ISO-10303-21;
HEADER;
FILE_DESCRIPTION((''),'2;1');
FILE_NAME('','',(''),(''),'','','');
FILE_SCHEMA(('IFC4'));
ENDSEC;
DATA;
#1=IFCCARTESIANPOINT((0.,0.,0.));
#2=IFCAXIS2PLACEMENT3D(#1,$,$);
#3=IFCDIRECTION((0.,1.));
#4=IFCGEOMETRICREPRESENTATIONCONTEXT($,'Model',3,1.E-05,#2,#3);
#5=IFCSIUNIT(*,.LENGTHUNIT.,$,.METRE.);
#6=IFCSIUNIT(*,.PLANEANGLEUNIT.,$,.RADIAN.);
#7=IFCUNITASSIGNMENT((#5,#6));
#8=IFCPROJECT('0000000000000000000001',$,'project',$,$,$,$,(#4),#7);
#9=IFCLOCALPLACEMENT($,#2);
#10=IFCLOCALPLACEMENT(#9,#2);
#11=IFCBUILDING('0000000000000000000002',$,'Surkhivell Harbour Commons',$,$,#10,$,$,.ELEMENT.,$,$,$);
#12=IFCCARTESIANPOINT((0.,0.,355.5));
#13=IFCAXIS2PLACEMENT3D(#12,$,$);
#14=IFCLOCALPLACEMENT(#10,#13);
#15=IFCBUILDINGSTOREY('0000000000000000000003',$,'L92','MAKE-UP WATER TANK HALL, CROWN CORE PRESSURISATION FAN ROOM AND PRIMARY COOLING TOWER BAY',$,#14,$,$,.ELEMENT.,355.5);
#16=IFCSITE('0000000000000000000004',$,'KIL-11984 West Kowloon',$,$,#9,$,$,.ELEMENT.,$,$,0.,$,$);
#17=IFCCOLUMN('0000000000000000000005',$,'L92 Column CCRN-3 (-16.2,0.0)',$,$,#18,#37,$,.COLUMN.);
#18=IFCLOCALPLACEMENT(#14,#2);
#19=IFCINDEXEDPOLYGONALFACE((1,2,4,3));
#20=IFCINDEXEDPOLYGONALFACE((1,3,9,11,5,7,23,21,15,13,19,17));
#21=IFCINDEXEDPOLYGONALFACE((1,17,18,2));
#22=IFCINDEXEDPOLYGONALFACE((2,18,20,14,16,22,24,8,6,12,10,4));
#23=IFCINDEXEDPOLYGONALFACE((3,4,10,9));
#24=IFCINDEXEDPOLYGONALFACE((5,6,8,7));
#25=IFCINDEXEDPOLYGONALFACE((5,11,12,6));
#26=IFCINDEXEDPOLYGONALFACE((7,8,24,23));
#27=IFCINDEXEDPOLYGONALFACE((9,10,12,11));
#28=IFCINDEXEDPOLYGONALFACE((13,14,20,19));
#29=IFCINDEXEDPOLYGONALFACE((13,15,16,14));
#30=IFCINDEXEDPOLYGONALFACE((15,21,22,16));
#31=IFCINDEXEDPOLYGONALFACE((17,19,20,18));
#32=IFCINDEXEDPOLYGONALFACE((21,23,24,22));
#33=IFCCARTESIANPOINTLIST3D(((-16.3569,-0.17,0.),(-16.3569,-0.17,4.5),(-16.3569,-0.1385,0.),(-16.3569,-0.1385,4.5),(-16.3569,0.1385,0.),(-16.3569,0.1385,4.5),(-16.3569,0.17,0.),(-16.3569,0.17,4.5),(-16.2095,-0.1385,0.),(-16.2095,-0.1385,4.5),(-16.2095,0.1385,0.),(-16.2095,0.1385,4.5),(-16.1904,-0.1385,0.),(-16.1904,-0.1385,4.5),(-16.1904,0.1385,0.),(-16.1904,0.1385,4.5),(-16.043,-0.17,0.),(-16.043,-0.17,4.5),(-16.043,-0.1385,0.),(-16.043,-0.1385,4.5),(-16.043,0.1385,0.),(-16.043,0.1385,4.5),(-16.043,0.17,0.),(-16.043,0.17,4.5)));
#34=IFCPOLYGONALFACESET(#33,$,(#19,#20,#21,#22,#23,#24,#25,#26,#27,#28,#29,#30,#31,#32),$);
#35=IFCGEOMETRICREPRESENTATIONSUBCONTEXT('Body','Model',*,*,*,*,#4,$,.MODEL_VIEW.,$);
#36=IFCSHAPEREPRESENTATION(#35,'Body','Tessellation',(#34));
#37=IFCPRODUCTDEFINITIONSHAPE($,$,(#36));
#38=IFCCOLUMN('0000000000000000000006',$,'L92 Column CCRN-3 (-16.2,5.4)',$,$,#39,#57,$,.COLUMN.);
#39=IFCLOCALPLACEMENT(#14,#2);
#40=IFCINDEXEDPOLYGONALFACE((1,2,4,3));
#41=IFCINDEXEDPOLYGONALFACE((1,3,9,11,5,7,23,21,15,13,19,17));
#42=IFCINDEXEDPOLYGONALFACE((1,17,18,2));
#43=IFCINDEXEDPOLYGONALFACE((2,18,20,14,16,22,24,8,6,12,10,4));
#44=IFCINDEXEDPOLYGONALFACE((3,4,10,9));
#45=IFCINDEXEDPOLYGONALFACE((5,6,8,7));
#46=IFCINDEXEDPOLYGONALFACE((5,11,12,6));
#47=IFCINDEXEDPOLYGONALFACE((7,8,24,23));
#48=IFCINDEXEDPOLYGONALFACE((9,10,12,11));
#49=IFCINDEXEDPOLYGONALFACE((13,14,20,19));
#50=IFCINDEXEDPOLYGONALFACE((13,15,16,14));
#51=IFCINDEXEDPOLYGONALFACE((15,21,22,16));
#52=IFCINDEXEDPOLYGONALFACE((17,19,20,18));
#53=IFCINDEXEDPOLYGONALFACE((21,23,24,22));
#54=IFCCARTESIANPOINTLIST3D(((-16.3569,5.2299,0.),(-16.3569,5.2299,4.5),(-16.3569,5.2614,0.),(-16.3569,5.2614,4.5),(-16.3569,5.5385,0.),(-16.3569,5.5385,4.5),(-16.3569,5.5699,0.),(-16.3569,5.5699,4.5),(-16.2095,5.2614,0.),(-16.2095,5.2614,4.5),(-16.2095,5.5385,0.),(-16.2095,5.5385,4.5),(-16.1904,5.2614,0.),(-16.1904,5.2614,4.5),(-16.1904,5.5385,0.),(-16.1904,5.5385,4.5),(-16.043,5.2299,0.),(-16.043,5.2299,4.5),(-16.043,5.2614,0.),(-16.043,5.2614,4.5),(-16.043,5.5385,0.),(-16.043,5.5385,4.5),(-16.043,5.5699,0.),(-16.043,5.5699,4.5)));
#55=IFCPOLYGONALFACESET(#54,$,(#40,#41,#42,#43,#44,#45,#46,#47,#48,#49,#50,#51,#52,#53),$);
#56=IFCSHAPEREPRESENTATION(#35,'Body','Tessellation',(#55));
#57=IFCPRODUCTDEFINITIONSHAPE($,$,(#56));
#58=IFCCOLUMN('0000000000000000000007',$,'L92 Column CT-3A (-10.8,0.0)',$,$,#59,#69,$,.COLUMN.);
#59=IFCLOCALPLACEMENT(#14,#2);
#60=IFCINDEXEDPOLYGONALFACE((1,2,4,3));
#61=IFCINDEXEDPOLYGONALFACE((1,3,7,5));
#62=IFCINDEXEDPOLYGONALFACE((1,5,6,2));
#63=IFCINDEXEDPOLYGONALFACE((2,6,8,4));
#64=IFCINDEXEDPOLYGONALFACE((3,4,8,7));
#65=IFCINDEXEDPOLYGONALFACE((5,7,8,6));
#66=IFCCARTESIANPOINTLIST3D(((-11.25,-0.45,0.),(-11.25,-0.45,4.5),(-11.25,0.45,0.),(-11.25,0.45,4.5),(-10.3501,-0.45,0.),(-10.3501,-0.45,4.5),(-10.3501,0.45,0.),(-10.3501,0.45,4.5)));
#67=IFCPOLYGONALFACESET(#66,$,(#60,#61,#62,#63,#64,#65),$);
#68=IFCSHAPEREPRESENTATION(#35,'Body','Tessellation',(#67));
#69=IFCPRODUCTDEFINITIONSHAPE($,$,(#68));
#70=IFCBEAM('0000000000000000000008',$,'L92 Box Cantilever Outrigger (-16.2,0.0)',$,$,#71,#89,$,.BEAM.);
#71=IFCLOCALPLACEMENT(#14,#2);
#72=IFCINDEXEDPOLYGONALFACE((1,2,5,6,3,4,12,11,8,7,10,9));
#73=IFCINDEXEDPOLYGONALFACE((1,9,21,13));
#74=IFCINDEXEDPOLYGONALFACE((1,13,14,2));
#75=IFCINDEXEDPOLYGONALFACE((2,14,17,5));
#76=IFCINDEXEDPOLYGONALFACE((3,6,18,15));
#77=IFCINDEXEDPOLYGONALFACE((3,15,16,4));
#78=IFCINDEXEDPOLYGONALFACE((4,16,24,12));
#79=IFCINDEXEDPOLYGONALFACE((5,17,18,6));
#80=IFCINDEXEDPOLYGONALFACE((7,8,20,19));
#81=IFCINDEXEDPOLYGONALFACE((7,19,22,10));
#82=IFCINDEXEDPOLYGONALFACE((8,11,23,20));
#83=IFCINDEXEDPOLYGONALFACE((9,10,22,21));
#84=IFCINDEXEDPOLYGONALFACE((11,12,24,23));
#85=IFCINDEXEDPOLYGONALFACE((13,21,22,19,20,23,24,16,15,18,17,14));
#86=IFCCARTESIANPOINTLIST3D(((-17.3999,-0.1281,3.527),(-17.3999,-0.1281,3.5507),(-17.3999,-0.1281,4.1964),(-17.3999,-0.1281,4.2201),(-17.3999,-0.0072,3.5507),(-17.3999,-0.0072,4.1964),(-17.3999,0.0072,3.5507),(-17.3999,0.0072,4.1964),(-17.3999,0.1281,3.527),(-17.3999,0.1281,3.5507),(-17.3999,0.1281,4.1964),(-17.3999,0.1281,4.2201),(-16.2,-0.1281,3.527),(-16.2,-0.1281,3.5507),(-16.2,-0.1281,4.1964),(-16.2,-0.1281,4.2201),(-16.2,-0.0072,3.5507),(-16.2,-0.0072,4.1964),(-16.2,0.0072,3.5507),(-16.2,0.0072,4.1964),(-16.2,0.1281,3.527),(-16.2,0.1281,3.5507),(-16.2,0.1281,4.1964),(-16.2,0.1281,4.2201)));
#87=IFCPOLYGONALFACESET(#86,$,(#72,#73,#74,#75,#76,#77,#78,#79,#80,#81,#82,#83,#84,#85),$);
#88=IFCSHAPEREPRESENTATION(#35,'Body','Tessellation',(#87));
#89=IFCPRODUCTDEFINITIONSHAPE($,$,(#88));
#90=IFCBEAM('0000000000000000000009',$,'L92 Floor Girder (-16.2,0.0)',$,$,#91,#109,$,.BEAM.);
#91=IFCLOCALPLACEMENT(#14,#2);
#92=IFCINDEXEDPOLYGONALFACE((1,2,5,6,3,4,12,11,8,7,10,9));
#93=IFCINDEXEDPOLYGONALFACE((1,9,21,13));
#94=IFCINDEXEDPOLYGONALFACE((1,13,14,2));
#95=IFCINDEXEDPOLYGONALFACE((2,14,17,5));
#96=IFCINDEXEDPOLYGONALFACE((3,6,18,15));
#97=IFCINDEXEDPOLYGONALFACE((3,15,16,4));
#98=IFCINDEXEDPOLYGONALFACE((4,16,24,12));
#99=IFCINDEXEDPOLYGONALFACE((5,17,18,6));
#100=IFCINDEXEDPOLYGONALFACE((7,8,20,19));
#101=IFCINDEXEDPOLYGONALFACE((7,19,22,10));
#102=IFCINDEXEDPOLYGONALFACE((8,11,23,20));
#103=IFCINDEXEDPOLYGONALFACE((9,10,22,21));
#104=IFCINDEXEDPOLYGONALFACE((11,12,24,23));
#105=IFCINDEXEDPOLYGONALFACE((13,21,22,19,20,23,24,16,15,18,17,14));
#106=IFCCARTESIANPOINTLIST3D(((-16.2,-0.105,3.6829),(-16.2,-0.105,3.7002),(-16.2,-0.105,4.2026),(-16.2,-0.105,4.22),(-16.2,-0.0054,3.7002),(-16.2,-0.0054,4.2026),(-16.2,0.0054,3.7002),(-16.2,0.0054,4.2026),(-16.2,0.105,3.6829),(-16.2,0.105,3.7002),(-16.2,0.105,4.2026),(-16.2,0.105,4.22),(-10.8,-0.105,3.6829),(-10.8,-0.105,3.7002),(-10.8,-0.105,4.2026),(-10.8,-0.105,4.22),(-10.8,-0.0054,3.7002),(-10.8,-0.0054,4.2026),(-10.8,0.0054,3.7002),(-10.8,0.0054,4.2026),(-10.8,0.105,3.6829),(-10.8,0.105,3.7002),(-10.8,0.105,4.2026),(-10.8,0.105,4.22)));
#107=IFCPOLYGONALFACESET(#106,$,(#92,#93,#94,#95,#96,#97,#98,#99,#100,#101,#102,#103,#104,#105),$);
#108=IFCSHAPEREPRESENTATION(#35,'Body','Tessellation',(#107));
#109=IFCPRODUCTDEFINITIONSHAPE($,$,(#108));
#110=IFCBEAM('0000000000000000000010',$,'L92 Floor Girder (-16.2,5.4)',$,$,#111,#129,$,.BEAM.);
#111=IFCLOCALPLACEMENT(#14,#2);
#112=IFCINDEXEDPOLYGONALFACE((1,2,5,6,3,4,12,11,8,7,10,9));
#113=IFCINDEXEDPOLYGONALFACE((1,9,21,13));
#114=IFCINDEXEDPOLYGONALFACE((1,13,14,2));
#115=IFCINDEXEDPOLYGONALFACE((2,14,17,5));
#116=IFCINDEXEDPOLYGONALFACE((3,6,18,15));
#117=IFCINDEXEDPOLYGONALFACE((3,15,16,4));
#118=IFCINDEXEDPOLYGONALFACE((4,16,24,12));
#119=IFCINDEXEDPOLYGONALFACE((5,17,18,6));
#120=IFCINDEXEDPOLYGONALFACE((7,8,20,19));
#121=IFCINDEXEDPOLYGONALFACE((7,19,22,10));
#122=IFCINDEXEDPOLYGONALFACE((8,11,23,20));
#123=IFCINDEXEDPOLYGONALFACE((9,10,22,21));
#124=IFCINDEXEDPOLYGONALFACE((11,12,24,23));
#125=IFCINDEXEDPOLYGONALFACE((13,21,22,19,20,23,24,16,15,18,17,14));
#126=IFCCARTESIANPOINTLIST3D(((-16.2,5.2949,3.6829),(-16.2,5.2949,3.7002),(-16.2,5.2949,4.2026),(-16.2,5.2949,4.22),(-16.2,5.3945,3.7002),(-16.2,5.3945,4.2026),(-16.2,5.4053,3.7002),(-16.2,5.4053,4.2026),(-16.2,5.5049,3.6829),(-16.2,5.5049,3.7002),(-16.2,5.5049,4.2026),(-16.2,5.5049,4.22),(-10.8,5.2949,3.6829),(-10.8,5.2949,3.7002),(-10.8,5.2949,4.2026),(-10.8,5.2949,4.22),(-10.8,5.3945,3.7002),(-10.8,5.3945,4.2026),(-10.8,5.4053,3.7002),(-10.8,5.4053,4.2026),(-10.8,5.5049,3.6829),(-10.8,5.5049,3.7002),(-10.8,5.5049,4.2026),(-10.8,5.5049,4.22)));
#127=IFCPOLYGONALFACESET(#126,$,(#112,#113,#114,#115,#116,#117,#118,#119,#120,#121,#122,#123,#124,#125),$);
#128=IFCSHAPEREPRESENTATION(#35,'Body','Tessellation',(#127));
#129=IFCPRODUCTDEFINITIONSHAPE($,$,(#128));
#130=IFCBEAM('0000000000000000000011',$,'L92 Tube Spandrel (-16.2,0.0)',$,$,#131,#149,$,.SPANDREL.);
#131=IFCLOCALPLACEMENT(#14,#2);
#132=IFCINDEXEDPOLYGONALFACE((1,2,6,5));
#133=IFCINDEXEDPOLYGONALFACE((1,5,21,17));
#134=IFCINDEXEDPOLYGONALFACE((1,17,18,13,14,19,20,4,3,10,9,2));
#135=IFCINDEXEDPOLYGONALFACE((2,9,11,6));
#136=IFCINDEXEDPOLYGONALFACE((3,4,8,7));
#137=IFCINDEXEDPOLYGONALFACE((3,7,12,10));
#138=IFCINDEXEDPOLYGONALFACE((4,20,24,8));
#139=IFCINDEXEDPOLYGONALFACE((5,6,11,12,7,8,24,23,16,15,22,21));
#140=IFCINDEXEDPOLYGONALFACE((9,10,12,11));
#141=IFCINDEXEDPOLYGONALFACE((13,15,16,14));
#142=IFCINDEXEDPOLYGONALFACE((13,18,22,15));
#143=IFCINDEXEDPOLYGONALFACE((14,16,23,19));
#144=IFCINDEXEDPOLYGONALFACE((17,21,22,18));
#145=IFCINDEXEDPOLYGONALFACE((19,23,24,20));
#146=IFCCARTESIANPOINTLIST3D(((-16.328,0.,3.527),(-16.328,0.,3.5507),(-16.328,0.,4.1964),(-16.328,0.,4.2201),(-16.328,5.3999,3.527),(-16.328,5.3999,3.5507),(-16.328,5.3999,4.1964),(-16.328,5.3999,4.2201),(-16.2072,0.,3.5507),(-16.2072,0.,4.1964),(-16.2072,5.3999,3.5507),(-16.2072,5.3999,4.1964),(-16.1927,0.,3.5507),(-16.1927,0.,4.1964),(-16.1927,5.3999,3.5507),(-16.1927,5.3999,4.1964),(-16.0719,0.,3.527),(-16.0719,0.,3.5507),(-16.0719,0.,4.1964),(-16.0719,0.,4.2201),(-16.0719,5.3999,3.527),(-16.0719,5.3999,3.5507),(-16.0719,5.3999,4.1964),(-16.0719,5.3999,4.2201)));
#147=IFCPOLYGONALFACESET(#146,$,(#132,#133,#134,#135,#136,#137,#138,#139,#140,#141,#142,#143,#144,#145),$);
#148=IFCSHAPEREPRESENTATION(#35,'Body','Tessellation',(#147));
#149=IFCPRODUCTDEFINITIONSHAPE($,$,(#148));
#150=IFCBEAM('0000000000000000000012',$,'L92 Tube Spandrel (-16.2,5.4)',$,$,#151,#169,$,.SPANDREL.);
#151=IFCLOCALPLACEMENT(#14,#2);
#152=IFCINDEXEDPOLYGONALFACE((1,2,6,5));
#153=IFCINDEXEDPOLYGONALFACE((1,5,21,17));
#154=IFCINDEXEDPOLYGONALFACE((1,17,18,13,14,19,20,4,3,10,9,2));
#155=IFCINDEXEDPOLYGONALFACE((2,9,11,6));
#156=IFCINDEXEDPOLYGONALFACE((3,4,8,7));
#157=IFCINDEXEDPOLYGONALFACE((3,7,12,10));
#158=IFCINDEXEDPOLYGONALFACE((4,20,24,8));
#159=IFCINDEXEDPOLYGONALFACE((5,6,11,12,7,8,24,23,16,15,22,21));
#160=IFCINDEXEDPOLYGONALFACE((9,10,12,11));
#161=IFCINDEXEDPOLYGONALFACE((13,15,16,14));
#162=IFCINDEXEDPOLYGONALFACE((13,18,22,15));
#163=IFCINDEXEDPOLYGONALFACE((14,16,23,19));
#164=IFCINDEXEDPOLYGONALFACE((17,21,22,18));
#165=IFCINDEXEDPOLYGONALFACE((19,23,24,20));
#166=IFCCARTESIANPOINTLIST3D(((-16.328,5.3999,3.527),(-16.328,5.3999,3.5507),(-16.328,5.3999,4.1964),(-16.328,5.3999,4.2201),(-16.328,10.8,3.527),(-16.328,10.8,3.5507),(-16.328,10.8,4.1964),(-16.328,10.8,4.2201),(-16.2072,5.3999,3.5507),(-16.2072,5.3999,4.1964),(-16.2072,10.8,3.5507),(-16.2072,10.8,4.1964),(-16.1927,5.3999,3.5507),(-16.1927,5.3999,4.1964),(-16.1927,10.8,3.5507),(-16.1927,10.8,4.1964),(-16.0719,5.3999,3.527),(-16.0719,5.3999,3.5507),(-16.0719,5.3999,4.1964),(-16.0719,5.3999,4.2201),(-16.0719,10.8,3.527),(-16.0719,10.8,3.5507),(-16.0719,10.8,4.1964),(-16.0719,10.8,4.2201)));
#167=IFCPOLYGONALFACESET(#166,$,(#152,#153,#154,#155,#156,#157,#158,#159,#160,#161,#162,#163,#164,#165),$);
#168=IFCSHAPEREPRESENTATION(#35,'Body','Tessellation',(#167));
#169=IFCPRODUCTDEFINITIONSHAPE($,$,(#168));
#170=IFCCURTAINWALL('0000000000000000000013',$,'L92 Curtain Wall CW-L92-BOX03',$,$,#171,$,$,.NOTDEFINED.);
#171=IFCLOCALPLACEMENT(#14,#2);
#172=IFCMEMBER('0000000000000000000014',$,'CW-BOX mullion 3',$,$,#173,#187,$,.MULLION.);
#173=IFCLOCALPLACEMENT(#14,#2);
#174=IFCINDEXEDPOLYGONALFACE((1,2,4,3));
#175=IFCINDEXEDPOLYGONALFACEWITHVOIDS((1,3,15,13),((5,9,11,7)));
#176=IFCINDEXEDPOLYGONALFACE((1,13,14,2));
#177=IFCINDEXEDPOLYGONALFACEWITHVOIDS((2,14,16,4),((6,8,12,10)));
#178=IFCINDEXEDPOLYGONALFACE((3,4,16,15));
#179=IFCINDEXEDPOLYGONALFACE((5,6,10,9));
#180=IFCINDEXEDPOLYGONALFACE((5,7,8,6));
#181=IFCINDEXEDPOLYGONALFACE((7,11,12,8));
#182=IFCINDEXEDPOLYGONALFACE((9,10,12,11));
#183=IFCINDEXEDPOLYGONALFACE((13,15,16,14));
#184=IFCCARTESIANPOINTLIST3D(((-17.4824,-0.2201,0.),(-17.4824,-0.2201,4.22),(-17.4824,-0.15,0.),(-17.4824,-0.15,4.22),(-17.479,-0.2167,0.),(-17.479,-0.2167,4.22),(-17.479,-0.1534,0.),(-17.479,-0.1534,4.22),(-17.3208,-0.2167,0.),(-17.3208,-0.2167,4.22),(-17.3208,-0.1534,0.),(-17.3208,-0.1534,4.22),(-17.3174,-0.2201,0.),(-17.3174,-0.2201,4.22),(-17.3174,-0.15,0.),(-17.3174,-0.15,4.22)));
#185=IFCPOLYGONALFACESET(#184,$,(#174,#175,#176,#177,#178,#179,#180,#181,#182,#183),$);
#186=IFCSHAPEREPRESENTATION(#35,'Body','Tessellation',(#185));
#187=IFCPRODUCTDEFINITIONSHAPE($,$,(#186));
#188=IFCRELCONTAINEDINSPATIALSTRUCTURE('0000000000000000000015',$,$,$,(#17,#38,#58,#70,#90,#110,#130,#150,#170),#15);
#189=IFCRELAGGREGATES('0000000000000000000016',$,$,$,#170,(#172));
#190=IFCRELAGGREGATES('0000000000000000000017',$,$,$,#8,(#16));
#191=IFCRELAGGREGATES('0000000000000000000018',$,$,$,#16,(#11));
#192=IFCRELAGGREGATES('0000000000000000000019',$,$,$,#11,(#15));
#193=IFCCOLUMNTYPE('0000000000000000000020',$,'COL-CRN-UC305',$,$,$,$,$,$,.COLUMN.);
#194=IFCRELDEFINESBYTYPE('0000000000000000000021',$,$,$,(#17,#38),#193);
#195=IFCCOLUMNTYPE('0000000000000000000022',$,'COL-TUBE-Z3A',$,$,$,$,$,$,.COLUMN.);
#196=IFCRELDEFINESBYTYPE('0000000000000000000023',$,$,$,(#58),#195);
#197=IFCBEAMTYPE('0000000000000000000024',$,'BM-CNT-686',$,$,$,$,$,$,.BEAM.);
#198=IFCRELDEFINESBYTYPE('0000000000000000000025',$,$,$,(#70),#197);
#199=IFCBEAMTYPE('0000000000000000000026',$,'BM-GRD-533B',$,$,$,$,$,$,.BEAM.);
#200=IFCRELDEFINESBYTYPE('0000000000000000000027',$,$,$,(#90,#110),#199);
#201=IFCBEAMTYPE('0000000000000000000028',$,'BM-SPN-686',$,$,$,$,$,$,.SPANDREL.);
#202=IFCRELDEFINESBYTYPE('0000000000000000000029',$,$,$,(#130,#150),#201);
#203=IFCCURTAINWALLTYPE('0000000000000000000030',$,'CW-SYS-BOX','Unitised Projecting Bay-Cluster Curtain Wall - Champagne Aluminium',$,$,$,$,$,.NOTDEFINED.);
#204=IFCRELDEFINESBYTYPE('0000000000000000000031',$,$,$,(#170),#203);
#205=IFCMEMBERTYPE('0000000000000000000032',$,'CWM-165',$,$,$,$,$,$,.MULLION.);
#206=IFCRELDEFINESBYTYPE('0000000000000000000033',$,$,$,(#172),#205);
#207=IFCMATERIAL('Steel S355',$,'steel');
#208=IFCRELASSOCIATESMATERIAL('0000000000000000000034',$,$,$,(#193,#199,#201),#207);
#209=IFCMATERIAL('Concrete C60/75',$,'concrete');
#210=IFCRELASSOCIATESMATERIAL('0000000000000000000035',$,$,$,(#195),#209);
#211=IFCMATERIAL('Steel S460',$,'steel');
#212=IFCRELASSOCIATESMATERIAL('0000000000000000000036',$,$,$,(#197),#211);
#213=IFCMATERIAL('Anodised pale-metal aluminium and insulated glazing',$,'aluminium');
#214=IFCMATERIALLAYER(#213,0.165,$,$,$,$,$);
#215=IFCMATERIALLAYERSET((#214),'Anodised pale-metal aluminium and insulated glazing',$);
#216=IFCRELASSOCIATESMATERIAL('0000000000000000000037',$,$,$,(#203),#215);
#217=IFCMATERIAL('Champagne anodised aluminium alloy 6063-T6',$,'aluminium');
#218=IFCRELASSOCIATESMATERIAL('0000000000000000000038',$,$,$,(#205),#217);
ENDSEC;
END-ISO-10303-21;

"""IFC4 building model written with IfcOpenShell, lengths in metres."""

from ifc_helpers import new_model, si_unit, direction, frame, origin, origin_2d, place, context, subcontext, project, spatial, rectangle, hollow_rectangle, i_section, extrude, material, layer, layer_set, material_profile, profile_set, type_object, element, aggregate, save


model = new_model("IFC4")

# Units and contexts
model_context = context("Model", 3, precision=1e-05, world=origin(), true_north=direction((0.0, 1.0)))
body_context = subcontext(model_context, "Body", "Model", "MODEL_VIEW")
ifc_project = project(units=[si_unit("LENGTHUNIT", "METRE"), si_unit("PLANEANGLEUNIT", "RADIAN")], contexts=[model_context])

# Site, building, storey
site_placement = place(None, origin())
site = spatial("IfcSite", under=ifc_project, at=site_placement, Name="KIL-11984 West Kowloon", CompositionType="ELEMENT", RefElevation=0.0)
building_placement = place(site_placement, origin())
building = spatial("IfcBuilding", under=site, at=building_placement, Name="Surkhivell Harbour Commons", CompositionType="ELEMENT")
storey_placement = place(building_placement, frame((0.0, 0.0, 355.5)))
storey = spatial("IfcBuildingStorey", under=building, at=storey_placement, Name="L92", Description="MAKE-UP WATER TANK HALL, CROWN CORE PRESSURISATION FAN ROOM AND PRIMARY COOLING TOWER BAY", CompositionType="ELEMENT", Elevation=355.5)

# Columns
ifc_material_1 = material(Name="Steel S355", Category="steel")
ifc_material_profile_1 = material_profile(ifc_material_1, i_section(OverallWidth=0.314, OverallDepth=0.3401, WebThickness=0.019, FlangeThickness=0.0315, at=origin_2d()), Name="UC305x305x198")
ifc_profile_set_1 = profile_set([ifc_material_profile_1], Name="Steel S355")
column_type_1 = type_object("IfcColumnType", Name="COL-CRN-UC305", PredefinedType="COLUMN", material=ifc_profile_set_1)
for number, where, z_axis, x_axis, name in (
    (1, (-16.2, 0.0, 0.0), (0.0, 0.0, 1.0), (1.0, 0.0, 0.0), "L92 Column CCRN-3 (-16.2,0.0)"),
    (2, (-16.2, 5.3999, 0.0), (0.0, 0.0, 1.0), (1.0, 0.0, 0.0), "L92 Column CCRN-3 (-16.2,5.4)"),
):
    element("IfcColumn", number, at=place(storey_placement, frame(where, z_axis=z_axis, x_axis=x_axis)), inside=storey, type_object=column_type_1, Name=name, PredefinedType="COLUMN", context=body_context, shape_type="SweptSolid", body=[
        extrude(i_section(OverallWidth=0.314, OverallDepth=0.3401, WebThickness=0.019, FlangeThickness=0.0315, at=origin_2d()), origin(), (0.0, 0.0, 1.0), 4.5),
    ])
ifc_material_2 = material(Name="Concrete C60/75", Category="concrete")
ifc_material_profile_2 = material_profile(ifc_material_2, rectangle(XDim=0.8999, YDim=0.8999, at=origin_2d()), Name="RC-COL-900x900")
ifc_profile_set_2 = profile_set([ifc_material_profile_2], Name="Concrete C60/75")
column_type_2 = type_object("IfcColumnType", Name="COL-TUBE-Z3A", PredefinedType="COLUMN", material=ifc_profile_set_2)
column_placement = place(storey_placement, frame((-10.8, 0.0, 0.0), z_axis=(0.0, 0.0, 1.0), x_axis=(1.0, 0.0, 0.0)))
element("IfcColumn", 3, at=column_placement, inside=storey, type_object=column_type_2, Name="L92 Column CT-3A (-10.8,0.0)", PredefinedType="COLUMN", context=body_context, shape_type="SweptSolid", body=[
    extrude(rectangle(XDim=0.8999, YDim=0.8999, at=origin_2d()), origin(), (0.0, 0.0, 1.0), 4.5),
])

# Beams
ifc_material_3 = material(Name="Steel S460", Category="steel")
ifc_material_profile_3 = material_profile(ifc_material_3, i_section(OverallWidth=0.2561, OverallDepth=0.6931, WebThickness=0.0144, FlangeThickness=0.0237, at=origin_2d()), Name="UB686x254x170")
ifc_profile_set_3 = profile_set([ifc_material_profile_3], Name="Steel S460")
beam_type_1 = type_object("IfcBeamType", Name="BM-CNT-686", PredefinedType="BEAM", material=ifc_profile_set_3)
beam_1_placement = place(storey_placement, frame((-16.2, 0.0, 3.8735), z_axis=(-1.0, 0.0, 0.0), x_axis=(0.0, -1.0, 0.0)))
element("IfcBeam", 4, at=beam_1_placement, inside=storey, type_object=beam_type_1, Name="L92 Box Cantilever Outrigger (-16.2,0.0)", PredefinedType="BEAM", context=body_context, shape_type="SweptSolid", body=[
    extrude(i_section(OverallWidth=0.2561, OverallDepth=0.6931, WebThickness=0.0144, FlangeThickness=0.0237, at=origin_2d()), origin(), (0.0, 0.0, 1.0), 1.2),
])
ifc_material_profile_4 = material_profile(ifc_material_1, i_section(OverallWidth=0.21, OverallDepth=0.5371, WebThickness=0.0107, FlangeThickness=0.0173, at=origin_2d()), Name="UB533x210x101")
ifc_profile_set_4 = profile_set([ifc_material_profile_4], Name="Steel S355")
beam_type_2 = type_object("IfcBeamType", Name="BM-GRD-533B", PredefinedType="BEAM", material=ifc_profile_set_4)
for number, where, z_axis, x_axis, name in (
    (5, (-16.2, 0.0, 3.9514), (1.0, 0.0, 0.0), (0.0, 1.0, 0.0), "L92 Floor Girder (-16.2,0.0)"),
    (6, (-16.2, 5.3999, 3.9514), (1.0, 0.0, 0.0), (0.0, 1.0, 0.0), "L92 Floor Girder (-16.2,5.4)"),
):
    element("IfcBeam", number, at=place(storey_placement, frame(where, z_axis=z_axis, x_axis=x_axis)), inside=storey, type_object=beam_type_2, Name=name, PredefinedType="BEAM", context=body_context, shape_type="SweptSolid", body=[
        extrude(i_section(OverallWidth=0.21, OverallDepth=0.5371, WebThickness=0.0107, FlangeThickness=0.0173, at=origin_2d()), origin(), (0.0, 0.0, 1.0), 5.3999),
    ])
ifc_material_profile_5 = material_profile(ifc_material_1, i_section(OverallWidth=0.2561, OverallDepth=0.6931, WebThickness=0.0144, FlangeThickness=0.0237, at=origin_2d()), Name="UB686x254x170")
ifc_profile_set_5 = profile_set([ifc_material_profile_5], Name="Steel S355")
beam_type_3 = type_object("IfcBeamType", Name="BM-SPN-686", PredefinedType="SPANDREL", material=ifc_profile_set_5)
beam_2_placement = place(storey_placement, frame((-16.2, 0.0, 3.8735), z_axis=(0.0, 1.0, 0.0), x_axis=(-1.0, 0.0, 0.0)))
element("IfcBeam", 7, at=beam_2_placement, inside=storey, type_object=beam_type_3, Name="L92 Tube Spandrel (-16.2,0.0)", PredefinedType="SPANDREL", context=body_context, shape_type="SweptSolid", body=[
    extrude(i_section(OverallWidth=0.2561, OverallDepth=0.6931, WebThickness=0.0144, FlangeThickness=0.0237, at=origin_2d()), origin(), (0.0, 0.0, 1.0), 5.3999),
])
beam_3_placement = place(storey_placement, frame((-16.2, 5.3999, 3.8735), z_axis=(0.0, 1.0, 0.0), x_axis=(-1.0, 0.0, 0.0)))
element("IfcBeam", 8, at=beam_3_placement, inside=storey, type_object=beam_type_3, Name="L92 Tube Spandrel (-16.2,5.4)", PredefinedType="SPANDREL", context=body_context, shape_type="SweptSolid", body=[
    extrude(i_section(OverallWidth=0.2561, OverallDepth=0.6931, WebThickness=0.0144, FlangeThickness=0.0237, at=origin_2d()), origin(), (0.0, 0.0, 1.0), 5.4001),
])

# Curtain wall, member
ifc_material_4 = material(Name="Anodised pale-metal aluminium and insulated glazing", Category="aluminium")
ifc_layer_1 = layer(ifc_material_4, 0.165)
ifc_layer_set_1 = layer_set([ifc_layer_1], Name="Anodised pale-metal aluminium and insulated glazing")
curtain_wall_type_1 = type_object("IfcCurtainWallType", Name="CW-SYS-BOX", Description="Unitised Projecting Bay-Cluster Curtain Wall - Champagne Aluminium", PredefinedType="NOTDEFINED", material=ifc_layer_set_1)
curtain_wall_1_placement = place(storey_placement, origin())
curtain_wall_1 = element("IfcCurtainWall", 9, at=curtain_wall_1_placement, inside=storey, type_object=curtain_wall_type_1, Name="L92 Curtain Wall CW-L92-BOX03", PredefinedType="NOTDEFINED")
ifc_material_5 = material(Name="Champagne anodised aluminium alloy 6063-T6", Category="aluminium")
ifc_material_profile_6 = material_profile(ifc_material_5, hollow_rectangle(XDim=0.0701, YDim=0.165, WallThickness=0.0034, at=origin_2d()), Name="ALU-MULL-70x165")
ifc_profile_set_6 = profile_set([ifc_material_profile_6], Name="Champagne anodised aluminium alloy 6063-T6")
member_type_1 = type_object("IfcMemberType", Name="CWM-165", PredefinedType="MULLION", material=ifc_profile_set_6)
member_1_placement = place(storey_placement, frame((-17.3999, -0.1851, 0.0), z_axis=(0.0, 0.0, 1.0), x_axis=(0.0, 1.0, 0.0)))
member_1 = element("IfcMember", 10, at=member_1_placement, type_object=member_type_1, Name="CW-BOX mullion 3", PredefinedType="MULLION", context=body_context, shape_type="SweptSolid", body=[
    extrude(hollow_rectangle(XDim=0.0701, YDim=0.165, WallThickness=0.0034, at=origin_2d()), origin(), (0.0, 0.0, 1.0), 4.22),
])
aggregate(curtain_wall_1, [member_1])

save(model, "model.ifc")
